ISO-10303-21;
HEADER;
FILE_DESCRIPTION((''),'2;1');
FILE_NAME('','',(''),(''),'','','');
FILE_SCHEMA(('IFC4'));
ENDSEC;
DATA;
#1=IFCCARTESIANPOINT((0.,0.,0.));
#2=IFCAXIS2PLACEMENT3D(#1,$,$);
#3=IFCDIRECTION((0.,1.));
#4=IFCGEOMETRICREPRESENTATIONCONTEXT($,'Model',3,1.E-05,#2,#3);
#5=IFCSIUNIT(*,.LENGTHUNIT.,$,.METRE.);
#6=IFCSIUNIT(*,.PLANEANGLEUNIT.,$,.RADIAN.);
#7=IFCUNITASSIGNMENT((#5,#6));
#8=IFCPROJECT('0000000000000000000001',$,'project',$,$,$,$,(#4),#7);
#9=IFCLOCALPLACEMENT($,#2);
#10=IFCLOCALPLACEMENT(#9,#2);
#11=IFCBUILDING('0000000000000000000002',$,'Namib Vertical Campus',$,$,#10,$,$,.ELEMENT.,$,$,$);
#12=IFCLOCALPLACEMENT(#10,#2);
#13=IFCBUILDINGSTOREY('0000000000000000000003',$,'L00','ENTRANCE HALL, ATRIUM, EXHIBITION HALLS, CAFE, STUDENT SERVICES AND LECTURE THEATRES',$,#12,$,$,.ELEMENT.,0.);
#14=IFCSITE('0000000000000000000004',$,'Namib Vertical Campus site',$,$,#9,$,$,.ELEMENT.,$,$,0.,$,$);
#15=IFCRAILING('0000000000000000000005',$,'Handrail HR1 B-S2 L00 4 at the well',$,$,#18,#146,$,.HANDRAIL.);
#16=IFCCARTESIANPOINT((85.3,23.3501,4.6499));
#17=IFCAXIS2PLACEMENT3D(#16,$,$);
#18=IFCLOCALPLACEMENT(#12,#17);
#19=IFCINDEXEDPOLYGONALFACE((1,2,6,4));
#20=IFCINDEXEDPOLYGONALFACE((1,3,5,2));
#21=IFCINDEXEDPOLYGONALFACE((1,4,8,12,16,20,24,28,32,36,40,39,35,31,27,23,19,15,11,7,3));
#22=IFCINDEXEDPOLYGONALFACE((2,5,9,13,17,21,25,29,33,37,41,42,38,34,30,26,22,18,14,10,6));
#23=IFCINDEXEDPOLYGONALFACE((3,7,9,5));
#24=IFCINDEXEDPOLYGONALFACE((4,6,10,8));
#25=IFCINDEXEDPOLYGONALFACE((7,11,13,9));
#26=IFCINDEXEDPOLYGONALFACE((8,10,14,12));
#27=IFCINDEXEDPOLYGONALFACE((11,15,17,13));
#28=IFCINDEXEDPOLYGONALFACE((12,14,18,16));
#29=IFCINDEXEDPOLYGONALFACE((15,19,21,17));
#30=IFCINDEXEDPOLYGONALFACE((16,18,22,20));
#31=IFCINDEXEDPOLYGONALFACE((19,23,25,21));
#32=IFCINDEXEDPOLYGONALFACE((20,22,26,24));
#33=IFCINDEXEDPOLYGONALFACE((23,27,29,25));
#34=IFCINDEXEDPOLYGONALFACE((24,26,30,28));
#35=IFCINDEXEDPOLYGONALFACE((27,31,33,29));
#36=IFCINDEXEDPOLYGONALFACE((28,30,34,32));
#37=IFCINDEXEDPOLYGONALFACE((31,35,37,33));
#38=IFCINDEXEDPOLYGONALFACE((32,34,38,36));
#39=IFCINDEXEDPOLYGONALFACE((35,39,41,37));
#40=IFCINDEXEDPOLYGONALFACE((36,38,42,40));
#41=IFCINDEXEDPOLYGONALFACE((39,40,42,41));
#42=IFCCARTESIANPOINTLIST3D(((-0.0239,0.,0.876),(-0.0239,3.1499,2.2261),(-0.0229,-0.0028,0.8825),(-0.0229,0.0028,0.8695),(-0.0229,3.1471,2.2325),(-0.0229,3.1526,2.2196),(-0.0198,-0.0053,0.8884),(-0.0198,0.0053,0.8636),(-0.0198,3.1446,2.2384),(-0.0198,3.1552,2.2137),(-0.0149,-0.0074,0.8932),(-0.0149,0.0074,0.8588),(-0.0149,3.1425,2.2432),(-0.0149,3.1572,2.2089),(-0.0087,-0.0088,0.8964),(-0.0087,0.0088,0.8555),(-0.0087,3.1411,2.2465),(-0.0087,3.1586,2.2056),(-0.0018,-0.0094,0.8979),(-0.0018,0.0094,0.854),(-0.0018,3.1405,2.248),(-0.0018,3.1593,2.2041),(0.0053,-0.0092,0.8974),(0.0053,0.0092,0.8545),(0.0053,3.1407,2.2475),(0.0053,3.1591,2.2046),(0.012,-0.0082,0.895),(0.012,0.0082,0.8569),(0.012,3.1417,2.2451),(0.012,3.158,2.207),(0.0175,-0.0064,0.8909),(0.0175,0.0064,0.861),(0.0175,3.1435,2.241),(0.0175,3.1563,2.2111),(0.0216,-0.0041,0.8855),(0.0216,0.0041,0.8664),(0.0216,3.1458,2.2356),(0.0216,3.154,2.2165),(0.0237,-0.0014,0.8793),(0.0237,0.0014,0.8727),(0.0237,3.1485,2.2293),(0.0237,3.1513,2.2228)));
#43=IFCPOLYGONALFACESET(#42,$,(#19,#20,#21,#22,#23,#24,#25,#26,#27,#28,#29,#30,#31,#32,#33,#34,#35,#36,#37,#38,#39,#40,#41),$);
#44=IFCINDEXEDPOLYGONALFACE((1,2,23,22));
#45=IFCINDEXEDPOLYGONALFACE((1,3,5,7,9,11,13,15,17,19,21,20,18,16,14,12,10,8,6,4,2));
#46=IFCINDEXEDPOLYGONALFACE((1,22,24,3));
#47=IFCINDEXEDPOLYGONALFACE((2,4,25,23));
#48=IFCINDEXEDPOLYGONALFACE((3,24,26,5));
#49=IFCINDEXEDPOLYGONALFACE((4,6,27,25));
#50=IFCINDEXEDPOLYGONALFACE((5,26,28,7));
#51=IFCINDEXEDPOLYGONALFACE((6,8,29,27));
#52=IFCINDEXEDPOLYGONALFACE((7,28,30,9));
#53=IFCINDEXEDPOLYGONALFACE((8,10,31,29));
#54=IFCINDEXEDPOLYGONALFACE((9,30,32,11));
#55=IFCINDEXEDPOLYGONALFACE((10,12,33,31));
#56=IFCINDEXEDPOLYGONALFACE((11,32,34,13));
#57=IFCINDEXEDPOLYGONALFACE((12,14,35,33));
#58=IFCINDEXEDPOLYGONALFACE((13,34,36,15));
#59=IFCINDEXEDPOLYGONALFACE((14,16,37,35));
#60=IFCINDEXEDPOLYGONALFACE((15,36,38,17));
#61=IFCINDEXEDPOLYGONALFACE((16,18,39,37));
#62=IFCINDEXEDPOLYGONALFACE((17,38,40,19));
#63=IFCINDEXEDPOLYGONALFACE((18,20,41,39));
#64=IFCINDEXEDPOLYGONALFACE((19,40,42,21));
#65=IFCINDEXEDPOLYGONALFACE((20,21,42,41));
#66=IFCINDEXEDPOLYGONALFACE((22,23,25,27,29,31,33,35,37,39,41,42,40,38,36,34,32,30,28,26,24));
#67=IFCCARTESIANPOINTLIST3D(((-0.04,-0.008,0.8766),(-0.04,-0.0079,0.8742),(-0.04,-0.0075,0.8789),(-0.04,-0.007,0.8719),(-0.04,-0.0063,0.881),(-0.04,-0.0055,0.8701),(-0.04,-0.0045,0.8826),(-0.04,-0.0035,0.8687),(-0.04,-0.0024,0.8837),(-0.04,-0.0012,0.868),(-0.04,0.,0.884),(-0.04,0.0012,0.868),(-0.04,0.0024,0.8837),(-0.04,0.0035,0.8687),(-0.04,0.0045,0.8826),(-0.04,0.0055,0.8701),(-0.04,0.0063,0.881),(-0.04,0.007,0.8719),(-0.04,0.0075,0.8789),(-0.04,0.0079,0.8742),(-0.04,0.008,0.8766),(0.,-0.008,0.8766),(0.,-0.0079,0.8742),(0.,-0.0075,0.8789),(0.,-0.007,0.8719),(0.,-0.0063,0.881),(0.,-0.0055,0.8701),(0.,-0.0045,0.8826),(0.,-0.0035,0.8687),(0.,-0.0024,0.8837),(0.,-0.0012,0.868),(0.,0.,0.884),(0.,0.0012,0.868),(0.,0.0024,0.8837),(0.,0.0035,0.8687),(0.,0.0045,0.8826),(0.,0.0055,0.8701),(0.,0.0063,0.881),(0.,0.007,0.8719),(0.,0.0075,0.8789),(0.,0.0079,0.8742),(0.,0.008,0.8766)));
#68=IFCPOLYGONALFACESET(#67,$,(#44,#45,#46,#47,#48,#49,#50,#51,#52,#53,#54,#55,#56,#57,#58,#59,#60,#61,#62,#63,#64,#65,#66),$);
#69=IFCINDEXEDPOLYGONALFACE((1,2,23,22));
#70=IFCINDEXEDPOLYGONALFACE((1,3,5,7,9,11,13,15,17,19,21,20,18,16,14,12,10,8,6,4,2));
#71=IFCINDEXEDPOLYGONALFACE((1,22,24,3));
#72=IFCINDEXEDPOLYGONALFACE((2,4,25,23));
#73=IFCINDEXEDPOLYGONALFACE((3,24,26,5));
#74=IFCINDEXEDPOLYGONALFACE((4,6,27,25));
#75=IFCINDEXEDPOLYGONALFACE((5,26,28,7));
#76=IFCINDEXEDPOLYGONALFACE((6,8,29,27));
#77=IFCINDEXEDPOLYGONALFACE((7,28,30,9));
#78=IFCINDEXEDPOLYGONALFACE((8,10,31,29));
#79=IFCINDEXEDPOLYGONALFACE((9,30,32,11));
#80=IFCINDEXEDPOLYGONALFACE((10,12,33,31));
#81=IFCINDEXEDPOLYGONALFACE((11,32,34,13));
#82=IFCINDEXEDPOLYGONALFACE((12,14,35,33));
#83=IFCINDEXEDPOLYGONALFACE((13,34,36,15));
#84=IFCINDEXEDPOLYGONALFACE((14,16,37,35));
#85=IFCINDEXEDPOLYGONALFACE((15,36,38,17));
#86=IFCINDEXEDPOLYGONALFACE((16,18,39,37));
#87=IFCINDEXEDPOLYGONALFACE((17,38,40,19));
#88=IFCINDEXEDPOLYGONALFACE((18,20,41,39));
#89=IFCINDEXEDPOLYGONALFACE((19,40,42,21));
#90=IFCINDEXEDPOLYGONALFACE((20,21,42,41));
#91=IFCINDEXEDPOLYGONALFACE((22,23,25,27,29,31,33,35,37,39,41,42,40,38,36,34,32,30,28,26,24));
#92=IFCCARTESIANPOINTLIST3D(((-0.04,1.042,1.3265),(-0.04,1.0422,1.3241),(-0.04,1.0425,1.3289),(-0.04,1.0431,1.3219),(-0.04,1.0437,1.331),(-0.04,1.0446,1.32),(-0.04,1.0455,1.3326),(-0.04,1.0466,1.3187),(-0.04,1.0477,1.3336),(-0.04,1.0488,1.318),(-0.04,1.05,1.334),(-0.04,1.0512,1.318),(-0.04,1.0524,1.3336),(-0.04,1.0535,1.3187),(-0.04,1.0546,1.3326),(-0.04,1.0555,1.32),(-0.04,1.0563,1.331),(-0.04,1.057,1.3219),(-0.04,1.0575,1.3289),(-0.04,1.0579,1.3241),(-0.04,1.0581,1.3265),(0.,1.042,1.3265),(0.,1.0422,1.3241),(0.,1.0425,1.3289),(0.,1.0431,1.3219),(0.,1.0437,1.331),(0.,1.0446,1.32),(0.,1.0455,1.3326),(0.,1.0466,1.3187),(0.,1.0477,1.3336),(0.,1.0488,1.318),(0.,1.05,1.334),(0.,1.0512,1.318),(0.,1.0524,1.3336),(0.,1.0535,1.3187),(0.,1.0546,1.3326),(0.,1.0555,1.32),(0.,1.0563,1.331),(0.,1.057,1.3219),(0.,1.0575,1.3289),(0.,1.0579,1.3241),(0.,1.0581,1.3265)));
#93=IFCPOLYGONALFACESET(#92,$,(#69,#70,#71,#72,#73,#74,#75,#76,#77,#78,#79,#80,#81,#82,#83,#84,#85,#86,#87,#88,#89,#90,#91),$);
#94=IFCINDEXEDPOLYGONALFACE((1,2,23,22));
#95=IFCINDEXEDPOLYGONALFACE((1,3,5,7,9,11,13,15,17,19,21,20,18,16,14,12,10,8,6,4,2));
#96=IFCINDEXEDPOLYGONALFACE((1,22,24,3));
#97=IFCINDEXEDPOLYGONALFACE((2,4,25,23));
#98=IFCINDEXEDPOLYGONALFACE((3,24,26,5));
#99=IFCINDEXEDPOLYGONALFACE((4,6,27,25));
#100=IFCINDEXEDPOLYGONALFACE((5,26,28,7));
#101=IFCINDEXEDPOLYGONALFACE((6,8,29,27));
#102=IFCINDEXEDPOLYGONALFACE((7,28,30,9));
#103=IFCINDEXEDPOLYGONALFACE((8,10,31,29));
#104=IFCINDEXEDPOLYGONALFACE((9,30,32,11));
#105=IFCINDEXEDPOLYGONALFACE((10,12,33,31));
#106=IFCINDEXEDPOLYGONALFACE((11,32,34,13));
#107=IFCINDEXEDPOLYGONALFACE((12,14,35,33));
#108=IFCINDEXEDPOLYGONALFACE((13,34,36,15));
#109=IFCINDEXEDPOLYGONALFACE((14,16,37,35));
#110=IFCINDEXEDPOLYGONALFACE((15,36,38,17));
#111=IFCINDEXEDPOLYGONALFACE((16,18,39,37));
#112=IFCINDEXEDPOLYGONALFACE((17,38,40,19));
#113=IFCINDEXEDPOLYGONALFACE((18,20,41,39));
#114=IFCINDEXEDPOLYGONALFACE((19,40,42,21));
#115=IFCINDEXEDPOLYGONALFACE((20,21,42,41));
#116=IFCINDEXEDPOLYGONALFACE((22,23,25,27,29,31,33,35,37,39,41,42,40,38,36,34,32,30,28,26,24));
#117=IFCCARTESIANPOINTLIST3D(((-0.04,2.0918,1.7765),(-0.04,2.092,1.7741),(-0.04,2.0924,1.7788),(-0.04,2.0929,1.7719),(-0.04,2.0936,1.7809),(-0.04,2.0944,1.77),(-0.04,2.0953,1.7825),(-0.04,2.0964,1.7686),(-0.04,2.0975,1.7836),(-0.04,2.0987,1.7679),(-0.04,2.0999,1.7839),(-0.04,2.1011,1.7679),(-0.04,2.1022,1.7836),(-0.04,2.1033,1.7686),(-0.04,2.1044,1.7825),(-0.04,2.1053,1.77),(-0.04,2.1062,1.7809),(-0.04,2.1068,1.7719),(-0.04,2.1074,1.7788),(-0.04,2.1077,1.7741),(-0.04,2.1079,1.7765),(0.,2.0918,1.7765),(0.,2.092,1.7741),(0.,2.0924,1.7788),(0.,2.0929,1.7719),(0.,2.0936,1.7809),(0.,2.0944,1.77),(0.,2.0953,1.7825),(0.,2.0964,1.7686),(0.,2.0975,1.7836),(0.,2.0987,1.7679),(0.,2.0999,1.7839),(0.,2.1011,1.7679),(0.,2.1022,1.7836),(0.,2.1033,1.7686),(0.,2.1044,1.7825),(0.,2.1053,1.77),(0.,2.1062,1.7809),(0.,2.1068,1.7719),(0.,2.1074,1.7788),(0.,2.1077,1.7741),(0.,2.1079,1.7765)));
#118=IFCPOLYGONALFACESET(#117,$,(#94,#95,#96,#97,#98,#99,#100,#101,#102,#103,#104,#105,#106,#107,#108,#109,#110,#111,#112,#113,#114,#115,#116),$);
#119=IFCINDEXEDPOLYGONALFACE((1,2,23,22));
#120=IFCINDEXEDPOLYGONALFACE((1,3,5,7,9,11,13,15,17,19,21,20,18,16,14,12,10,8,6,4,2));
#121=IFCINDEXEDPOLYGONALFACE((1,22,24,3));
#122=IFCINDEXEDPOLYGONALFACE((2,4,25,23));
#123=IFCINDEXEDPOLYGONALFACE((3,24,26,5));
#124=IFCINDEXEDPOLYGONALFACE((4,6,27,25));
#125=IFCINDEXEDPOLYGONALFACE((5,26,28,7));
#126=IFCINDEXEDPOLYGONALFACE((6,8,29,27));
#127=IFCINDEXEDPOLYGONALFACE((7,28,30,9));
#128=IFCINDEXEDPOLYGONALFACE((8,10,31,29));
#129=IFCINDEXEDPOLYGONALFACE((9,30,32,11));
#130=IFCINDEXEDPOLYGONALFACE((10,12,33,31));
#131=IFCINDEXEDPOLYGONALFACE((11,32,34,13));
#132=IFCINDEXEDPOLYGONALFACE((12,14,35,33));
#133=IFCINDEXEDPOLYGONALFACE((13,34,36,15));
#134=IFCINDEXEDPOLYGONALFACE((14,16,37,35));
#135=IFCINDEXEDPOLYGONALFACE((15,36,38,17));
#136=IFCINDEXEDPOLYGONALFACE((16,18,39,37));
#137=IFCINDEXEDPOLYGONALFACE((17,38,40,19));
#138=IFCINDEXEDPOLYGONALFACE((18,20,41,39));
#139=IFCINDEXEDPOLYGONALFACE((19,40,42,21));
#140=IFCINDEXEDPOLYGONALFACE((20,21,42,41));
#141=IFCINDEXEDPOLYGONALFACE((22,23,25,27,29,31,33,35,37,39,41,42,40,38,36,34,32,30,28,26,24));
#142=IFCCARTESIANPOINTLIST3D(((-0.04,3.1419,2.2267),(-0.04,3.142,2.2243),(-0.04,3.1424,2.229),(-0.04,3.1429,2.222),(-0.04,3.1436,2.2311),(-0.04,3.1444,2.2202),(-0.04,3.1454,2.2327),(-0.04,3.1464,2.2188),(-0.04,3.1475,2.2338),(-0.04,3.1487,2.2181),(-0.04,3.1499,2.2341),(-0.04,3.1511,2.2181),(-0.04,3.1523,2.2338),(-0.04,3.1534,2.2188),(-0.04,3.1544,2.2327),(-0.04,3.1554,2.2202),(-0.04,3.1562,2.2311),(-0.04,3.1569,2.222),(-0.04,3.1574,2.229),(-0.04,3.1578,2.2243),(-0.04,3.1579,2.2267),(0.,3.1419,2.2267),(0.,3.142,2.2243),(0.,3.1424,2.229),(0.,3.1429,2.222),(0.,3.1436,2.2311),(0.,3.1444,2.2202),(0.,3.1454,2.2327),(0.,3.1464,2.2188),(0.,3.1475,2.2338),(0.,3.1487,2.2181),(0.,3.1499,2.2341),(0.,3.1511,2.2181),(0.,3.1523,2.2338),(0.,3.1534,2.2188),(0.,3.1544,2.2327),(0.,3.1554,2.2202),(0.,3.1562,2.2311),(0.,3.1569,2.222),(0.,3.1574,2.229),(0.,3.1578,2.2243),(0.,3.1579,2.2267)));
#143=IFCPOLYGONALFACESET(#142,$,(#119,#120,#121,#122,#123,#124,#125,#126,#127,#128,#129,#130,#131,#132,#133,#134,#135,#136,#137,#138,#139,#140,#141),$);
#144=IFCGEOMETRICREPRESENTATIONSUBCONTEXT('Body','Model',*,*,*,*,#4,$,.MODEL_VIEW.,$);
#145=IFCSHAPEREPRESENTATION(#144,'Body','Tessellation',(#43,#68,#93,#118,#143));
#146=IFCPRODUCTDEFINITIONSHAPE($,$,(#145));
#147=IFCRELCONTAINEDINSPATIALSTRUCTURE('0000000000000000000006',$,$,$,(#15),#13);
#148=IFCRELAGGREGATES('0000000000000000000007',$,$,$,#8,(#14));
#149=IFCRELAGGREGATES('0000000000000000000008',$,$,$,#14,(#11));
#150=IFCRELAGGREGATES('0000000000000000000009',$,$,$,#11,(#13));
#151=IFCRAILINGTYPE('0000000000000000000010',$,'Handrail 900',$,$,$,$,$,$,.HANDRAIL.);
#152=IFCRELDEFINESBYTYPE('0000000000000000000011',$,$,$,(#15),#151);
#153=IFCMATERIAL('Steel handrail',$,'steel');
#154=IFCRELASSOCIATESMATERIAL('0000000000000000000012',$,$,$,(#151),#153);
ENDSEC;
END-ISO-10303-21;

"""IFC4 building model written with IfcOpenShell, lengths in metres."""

from ifc_helpers import new_model, si_unit, direction, frame, origin, origin_2d, place, context, subcontext, project, spatial, circle, extrude, material, type_object, element, save


model = new_model("IFC4")

# Units and contexts
model_context = context("Model", 3, precision=1e-05, world=origin(), true_north=direction((0.0, 1.0)))
body_context = subcontext(model_context, "Body", "Model", "MODEL_VIEW")
ifc_project = project(units=[si_unit("LENGTHUNIT", "METRE"), si_unit("PLANEANGLEUNIT", "RADIAN")], contexts=[model_context])

# Site, building, storey
site_placement = place(None, origin())
site = spatial("IfcSite", under=ifc_project, at=site_placement, Name="Namib Vertical Campus site", CompositionType="ELEMENT", RefElevation=0.0)
building_placement = place(site_placement, origin())
building = spatial("IfcBuilding", under=site, at=building_placement, Name="Namib Vertical Campus", CompositionType="ELEMENT")
storey_placement = place(building_placement, origin())
storey = spatial("IfcBuildingStorey", under=building, at=storey_placement, Name="L00", Description="ENTRANCE HALL, ATRIUM, EXHIBITION HALLS, CAFE, STUDENT SERVICES AND LECTURE THEATRES", CompositionType="ELEMENT", Elevation=0.0)

# Railing
ifc_material_1 = material(Name="Steel handrail", Category="steel")
railing_type = type_object("IfcRailingType", Name="Handrail 900", PredefinedType="HANDRAIL", material=ifc_material_1)
for number, where, name in (
    (1, (85.3, 23.3501, 4.6499), "Handrail HR1 B-S2 L00 4 at the well"),
):
    element("IfcRailing", number, at=place(storey_placement, frame(where)), inside=storey, type_object=railing_type, Name=name, PredefinedType="HANDRAIL", context=body_context, shape_type="SweptSolid", body=[
        extrude(circle(Radius=0.0239, at=origin_2d()), frame((0.0, 0.0, 0.876), z_axis=(0.0, 0.91913, 0.393954), x_axis=(-1.0, 0.0, 0.0)), (0.0, 0.0, 1.0), 3.427),
        extrude(circle(Radius=0.0081, at=origin_2d()), frame((0.0, 0.0, 0.876), z_axis=(-1.0, 0.0, 0.0), x_axis=(0.0, 0.0, 1.0)), (0.0, 0.0, 1.0), 0.04),
        extrude(circle(Radius=0.0081, at=origin_2d()), frame((0.0, 1.05, 1.3259), z_axis=(-1.0, 0.0, 0.0), x_axis=(0.0, 0.0, 1.0)), (0.0, 0.0, 1.0), 0.04),
        extrude(circle(Radius=0.0081, at=origin_2d()), frame((0.0, 2.0999, 1.7759), z_axis=(-1.0, 0.0, 0.0), x_axis=(0.0, 0.0, 1.0)), (0.0, 0.0, 1.0), 0.04),
        extrude(circle(Radius=0.0081, at=origin_2d()), frame((0.0, 3.1499, 2.2261), z_axis=(-1.0, 0.0, 0.0), x_axis=(0.0, 0.0, 1.0)), (0.0, 0.0, 1.0), 0.04),
    ])

save(model, "model.ifc")
